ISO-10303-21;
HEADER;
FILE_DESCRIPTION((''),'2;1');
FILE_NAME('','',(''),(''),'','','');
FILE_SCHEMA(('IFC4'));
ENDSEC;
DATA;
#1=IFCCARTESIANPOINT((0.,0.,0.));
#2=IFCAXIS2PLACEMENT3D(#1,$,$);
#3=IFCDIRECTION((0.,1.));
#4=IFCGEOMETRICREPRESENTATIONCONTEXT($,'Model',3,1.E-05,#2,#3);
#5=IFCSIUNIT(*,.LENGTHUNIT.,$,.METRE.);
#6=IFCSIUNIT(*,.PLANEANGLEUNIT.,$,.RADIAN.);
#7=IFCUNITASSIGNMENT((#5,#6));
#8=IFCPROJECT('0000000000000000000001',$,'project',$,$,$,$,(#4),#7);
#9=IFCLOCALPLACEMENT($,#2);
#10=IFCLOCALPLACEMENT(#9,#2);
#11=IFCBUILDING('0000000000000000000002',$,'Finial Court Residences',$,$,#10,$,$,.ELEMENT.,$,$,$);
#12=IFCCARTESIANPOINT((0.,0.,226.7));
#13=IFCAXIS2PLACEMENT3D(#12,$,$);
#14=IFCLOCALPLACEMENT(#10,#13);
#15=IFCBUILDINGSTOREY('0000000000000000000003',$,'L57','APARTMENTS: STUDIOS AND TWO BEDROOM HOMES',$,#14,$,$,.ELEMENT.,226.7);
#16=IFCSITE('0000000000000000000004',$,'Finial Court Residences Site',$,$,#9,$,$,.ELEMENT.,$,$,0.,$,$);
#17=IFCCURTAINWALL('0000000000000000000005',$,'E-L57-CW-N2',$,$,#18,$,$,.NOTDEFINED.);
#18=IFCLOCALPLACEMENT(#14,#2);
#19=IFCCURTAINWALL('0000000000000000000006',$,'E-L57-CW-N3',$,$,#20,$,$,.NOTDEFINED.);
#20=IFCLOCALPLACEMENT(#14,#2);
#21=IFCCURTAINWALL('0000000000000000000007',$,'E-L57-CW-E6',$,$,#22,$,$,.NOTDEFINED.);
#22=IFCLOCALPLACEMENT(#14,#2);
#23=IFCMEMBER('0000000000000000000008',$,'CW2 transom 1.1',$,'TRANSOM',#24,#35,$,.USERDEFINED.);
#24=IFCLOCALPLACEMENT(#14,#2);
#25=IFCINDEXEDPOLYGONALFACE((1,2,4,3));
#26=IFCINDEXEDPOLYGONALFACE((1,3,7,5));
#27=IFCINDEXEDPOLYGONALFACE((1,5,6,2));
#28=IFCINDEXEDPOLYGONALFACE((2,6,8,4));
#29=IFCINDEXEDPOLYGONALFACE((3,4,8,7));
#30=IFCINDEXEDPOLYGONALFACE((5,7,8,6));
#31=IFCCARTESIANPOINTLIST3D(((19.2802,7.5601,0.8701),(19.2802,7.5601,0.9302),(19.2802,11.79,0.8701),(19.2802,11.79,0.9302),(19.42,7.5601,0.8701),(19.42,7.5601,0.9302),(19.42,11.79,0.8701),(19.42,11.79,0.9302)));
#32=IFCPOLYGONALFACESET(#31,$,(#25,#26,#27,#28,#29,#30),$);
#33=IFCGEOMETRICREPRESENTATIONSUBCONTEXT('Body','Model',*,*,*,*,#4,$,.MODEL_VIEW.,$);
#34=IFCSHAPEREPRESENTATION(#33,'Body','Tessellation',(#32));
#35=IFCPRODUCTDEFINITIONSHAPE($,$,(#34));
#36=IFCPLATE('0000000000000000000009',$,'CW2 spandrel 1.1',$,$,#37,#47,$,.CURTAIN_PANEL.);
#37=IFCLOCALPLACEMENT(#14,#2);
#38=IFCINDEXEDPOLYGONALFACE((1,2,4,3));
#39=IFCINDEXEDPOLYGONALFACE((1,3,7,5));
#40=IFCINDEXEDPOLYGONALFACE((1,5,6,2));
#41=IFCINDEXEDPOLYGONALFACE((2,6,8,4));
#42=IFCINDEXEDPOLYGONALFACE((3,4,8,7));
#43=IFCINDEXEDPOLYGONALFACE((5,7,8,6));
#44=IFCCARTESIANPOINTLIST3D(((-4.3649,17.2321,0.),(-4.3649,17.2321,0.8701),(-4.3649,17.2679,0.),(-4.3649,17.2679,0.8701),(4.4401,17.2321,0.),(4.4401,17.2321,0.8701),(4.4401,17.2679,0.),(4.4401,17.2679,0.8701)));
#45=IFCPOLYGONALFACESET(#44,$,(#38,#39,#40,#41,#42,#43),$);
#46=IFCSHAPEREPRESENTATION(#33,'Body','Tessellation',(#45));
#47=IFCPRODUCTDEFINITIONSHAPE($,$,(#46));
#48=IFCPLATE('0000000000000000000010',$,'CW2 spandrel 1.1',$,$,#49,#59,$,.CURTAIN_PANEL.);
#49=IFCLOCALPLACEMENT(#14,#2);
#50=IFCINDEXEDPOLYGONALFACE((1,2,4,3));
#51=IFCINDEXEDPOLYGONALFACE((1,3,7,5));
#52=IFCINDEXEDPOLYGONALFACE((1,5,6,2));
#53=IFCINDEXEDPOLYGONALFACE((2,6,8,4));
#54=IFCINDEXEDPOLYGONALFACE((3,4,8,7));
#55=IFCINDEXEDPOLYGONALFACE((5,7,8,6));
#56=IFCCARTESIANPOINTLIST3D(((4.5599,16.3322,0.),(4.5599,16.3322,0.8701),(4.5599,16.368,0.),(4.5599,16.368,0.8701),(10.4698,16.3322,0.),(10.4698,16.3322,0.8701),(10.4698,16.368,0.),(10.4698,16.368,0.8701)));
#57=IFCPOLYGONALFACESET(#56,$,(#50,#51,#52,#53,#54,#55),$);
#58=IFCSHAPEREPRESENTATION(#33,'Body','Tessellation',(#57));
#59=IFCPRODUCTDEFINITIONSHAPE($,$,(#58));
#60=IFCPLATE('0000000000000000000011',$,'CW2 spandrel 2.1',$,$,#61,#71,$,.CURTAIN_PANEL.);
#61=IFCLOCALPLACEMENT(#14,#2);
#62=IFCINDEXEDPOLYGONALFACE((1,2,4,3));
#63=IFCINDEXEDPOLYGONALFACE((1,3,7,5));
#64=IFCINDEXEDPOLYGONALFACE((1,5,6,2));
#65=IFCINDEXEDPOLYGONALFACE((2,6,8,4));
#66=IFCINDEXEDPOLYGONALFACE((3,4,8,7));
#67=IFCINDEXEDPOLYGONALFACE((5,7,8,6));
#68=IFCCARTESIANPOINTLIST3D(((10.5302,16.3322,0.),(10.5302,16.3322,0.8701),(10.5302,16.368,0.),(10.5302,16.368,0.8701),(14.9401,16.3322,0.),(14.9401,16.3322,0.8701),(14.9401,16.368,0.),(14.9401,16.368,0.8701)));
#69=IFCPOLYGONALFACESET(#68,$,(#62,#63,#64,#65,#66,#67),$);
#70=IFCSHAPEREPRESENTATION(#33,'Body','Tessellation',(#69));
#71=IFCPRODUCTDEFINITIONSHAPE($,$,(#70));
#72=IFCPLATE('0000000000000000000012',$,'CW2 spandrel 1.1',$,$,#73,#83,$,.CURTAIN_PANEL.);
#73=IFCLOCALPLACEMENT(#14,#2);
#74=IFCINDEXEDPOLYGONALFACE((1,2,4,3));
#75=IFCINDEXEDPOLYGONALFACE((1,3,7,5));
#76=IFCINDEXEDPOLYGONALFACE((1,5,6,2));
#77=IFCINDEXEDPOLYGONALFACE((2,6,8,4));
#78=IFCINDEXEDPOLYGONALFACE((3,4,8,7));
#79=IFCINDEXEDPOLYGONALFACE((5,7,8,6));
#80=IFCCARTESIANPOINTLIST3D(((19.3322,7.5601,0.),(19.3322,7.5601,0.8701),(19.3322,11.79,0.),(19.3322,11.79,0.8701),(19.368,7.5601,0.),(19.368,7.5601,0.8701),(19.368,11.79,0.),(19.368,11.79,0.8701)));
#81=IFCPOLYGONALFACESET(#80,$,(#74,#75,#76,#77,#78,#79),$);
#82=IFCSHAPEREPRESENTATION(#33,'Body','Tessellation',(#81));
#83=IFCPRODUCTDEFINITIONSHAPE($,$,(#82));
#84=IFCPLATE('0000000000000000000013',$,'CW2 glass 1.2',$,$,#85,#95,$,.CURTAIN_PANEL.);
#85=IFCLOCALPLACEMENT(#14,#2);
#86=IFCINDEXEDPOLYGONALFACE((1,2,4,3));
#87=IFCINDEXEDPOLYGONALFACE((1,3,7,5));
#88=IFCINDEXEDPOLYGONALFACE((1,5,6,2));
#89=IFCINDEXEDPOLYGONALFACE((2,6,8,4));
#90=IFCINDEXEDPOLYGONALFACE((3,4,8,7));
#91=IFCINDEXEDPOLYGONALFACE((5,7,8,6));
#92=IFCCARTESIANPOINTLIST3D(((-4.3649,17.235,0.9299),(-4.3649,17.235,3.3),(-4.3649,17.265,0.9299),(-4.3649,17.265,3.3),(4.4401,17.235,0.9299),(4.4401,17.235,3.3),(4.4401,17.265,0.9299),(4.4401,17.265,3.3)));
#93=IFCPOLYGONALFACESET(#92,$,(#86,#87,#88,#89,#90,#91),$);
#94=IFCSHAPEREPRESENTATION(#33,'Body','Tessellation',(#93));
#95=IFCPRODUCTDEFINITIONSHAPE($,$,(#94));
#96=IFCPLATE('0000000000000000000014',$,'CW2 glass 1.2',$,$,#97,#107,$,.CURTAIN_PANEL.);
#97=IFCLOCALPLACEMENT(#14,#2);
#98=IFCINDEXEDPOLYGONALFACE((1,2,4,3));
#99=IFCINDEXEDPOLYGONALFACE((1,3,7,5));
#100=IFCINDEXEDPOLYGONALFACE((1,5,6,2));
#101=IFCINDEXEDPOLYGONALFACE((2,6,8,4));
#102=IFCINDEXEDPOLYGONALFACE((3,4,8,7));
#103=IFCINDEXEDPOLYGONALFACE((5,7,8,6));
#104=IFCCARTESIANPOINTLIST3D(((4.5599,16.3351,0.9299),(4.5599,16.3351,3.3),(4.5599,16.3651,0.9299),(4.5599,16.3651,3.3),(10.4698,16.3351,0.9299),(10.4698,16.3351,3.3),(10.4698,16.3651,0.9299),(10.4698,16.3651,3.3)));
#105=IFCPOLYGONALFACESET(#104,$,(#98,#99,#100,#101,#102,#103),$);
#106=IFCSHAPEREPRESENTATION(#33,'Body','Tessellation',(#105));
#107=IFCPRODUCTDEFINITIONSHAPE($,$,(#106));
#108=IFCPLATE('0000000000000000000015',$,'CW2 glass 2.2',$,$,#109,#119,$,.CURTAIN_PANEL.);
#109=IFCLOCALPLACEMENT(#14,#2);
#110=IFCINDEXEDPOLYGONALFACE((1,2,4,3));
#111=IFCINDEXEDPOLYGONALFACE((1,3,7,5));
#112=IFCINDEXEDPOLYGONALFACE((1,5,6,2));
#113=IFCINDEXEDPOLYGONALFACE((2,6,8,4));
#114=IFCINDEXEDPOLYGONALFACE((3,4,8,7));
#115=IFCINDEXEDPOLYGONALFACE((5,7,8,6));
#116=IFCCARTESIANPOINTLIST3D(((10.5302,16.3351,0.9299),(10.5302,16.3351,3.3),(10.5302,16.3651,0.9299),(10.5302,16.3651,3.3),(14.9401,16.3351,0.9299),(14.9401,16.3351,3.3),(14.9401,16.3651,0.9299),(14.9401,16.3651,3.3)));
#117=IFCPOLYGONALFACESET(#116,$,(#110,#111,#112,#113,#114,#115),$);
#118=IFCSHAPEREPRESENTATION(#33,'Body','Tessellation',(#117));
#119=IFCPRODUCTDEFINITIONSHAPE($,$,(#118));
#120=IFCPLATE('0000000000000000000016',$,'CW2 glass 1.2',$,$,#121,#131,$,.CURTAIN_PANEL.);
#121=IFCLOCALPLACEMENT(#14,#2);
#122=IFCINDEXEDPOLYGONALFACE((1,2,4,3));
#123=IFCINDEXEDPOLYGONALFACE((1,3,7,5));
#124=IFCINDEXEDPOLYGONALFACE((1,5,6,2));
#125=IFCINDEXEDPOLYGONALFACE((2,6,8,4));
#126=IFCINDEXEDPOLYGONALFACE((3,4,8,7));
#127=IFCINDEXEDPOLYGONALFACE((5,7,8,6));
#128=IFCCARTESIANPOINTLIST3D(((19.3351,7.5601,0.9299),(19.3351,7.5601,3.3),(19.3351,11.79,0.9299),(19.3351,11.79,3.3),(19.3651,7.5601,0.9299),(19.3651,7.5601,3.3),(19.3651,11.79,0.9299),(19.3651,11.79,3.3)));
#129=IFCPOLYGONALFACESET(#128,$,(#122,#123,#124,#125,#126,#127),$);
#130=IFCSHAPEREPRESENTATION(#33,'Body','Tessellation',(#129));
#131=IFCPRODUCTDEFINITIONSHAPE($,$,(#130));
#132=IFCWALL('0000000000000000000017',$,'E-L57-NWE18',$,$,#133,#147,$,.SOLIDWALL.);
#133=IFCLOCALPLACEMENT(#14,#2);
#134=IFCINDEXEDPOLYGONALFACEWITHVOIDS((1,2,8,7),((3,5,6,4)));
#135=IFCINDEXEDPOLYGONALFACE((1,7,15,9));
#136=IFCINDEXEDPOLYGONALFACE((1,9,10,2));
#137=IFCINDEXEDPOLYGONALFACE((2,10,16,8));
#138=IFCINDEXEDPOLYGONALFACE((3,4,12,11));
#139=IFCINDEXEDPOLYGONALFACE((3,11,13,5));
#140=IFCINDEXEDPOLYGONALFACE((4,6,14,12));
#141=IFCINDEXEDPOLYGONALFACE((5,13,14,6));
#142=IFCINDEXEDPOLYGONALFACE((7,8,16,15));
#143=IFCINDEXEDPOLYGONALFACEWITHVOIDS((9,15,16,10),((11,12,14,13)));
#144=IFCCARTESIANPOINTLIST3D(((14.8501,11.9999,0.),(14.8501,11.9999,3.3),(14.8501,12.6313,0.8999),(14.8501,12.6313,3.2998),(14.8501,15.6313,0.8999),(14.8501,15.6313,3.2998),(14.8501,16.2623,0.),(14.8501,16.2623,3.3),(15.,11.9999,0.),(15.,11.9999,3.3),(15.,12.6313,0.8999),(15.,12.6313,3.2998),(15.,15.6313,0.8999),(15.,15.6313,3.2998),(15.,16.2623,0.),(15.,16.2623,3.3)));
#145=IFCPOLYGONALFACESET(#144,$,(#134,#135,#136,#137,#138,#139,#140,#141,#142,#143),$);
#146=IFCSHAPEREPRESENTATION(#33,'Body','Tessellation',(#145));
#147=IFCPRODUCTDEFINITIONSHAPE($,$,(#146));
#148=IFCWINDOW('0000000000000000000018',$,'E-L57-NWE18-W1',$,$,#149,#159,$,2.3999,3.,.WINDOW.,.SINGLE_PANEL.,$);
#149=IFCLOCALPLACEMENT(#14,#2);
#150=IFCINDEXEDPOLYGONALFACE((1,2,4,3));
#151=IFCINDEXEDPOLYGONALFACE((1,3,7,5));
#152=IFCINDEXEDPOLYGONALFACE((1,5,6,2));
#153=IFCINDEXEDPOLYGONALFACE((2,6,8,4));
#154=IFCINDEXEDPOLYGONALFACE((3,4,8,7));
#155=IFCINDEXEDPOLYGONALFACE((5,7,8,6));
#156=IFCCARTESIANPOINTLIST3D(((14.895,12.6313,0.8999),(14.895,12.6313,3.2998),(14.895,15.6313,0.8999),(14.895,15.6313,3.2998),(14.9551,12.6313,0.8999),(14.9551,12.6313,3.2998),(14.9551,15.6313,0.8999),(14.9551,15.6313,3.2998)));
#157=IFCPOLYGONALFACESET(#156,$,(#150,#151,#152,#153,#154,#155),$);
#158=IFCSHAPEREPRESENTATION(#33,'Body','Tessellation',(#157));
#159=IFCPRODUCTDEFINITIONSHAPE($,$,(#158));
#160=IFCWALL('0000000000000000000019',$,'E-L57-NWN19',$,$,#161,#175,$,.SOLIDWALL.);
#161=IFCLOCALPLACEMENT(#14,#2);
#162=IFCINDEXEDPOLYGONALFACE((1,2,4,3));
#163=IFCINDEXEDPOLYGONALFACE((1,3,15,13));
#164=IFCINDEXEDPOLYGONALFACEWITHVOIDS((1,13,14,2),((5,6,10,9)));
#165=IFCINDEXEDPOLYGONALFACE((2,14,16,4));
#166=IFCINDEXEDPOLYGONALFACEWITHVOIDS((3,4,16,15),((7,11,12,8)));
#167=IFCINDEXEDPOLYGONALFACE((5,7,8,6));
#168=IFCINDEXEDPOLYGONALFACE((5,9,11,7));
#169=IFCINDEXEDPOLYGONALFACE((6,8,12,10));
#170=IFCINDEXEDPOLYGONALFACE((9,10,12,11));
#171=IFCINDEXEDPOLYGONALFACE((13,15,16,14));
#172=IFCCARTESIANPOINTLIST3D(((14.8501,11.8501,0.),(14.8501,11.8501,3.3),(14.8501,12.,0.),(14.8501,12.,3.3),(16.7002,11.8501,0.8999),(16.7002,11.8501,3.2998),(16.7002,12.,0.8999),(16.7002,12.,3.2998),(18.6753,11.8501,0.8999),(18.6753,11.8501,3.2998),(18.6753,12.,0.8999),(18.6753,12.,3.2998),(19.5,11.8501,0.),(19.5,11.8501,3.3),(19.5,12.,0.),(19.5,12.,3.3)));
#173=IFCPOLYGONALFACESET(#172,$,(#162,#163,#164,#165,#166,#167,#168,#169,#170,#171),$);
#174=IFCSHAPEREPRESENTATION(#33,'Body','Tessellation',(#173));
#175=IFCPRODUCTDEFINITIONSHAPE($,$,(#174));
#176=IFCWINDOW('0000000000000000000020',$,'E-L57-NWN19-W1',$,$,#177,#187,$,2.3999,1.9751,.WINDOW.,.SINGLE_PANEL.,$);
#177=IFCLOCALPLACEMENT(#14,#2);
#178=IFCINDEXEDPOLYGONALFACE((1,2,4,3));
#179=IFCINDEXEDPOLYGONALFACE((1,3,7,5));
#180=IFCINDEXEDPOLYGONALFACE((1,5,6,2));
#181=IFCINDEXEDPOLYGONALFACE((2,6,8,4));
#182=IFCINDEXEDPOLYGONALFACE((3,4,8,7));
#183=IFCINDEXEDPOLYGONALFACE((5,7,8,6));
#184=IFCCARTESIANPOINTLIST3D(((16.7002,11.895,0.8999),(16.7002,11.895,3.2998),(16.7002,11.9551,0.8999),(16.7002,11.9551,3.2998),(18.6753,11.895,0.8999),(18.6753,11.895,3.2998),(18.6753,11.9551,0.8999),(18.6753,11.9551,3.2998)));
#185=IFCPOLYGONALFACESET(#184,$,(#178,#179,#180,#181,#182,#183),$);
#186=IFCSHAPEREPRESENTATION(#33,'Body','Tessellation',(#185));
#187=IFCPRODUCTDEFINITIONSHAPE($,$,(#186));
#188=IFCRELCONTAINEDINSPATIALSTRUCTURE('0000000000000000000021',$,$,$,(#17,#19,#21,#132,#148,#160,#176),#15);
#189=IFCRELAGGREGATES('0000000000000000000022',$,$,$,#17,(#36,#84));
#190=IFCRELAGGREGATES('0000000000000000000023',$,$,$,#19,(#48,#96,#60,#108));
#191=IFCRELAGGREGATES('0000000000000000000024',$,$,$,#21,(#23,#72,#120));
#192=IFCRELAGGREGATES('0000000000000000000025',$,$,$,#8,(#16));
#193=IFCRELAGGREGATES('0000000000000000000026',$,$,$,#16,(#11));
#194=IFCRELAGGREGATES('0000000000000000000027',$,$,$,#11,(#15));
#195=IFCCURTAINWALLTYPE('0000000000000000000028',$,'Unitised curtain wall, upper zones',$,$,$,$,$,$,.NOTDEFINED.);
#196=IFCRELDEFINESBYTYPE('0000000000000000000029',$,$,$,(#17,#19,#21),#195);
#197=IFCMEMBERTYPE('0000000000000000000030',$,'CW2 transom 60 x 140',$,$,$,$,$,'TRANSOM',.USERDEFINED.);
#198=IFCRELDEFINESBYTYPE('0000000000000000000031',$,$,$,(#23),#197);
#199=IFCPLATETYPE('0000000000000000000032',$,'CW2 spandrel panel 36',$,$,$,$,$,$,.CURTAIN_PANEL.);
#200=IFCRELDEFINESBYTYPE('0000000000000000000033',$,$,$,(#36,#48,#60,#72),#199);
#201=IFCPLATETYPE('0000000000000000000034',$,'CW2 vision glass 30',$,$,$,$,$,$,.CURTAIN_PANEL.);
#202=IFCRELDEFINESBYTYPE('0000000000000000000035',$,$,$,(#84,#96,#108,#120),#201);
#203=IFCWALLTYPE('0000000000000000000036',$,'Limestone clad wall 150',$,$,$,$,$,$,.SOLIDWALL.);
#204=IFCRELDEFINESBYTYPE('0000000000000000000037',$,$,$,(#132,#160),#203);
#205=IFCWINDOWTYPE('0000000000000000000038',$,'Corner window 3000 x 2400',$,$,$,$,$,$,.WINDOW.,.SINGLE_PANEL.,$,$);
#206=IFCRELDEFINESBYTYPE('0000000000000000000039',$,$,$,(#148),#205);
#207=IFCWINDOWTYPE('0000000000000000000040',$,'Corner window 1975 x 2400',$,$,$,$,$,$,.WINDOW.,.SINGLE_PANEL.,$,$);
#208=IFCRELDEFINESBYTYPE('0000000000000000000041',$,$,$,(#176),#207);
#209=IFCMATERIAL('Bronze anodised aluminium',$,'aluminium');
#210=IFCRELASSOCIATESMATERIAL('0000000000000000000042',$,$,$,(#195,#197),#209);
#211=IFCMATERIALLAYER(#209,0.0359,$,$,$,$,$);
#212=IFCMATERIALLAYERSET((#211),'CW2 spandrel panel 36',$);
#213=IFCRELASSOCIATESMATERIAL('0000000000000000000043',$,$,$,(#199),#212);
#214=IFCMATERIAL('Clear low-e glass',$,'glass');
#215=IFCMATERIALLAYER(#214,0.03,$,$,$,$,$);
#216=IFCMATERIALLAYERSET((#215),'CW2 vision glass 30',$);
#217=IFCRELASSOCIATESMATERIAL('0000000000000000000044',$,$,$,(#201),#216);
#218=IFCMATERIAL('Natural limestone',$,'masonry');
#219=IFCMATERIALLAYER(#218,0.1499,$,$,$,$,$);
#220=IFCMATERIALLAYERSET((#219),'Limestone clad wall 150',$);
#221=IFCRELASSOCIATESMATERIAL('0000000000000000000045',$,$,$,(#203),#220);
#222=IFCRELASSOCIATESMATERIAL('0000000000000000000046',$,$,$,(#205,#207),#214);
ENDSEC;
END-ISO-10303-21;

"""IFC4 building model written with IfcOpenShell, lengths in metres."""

from ifc_helpers import new_model, si_unit, direction, frame, frame_2d, origin, origin_2d, place, context, subcontext, project, spatial, rectangle, extrude, material, layer, layer_set, material_profile, profile_set, type_object, element, fill, aggregate, save


model = new_model("IFC4")

# Units and contexts
model_context = context("Model", 3, precision=1e-05, world=origin(), true_north=direction((0.0, 1.0)))
body_context = subcontext(model_context, "Body", "Model", "MODEL_VIEW")
ifc_project = project(units=[si_unit("LENGTHUNIT", "METRE"), si_unit("PLANEANGLEUNIT", "RADIAN")], contexts=[model_context])

# Site, building, storey
site_placement = place(None, origin())
site = spatial("IfcSite", under=ifc_project, at=site_placement, Name="Finial Court Residences Site", CompositionType="ELEMENT", RefElevation=0.0)
building_placement = place(site_placement, origin())
building = spatial("IfcBuilding", under=site, at=building_placement, Name="Finial Court Residences", CompositionType="ELEMENT")
storey_placement = place(building_placement, frame((0.0, 0.0, 226.7)))
storey = spatial("IfcBuildingStorey", under=building, at=storey_placement, Name="L57", Description="APARTMENTS: STUDIOS AND TWO BEDROOM HOMES", CompositionType="ELEMENT", Elevation=226.7)

# Curtain wall
ifc_material_1 = material(Name="Bronze anodised aluminium", Category="aluminium")
curtain_wall_type = type_object("IfcCurtainWallType", Name="Unitised curtain wall, upper zones", PredefinedType="NOTDEFINED", material=ifc_material_1)
curtain_wall_1_placement = place(storey_placement, origin())
curtain_wall_1 = element("IfcCurtainWall", 1, at=curtain_wall_1_placement, inside=storey, type_object=curtain_wall_type, Name="E-L57-CW-N2", PredefinedType="NOTDEFINED")

# Curtain wall
curtain_wall_2_placement = place(storey_placement, origin())
curtain_wall_2 = element("IfcCurtainWall", 2, at=curtain_wall_2_placement, inside=storey, type_object=curtain_wall_type, Name="E-L57-CW-N3", PredefinedType="NOTDEFINED")

# Curtain wall
curtain_wall_3_placement = place(storey_placement, origin())
curtain_wall_3 = element("IfcCurtainWall", 3, at=curtain_wall_3_placement, inside=storey, type_object=curtain_wall_type, Name="E-L57-CW-E6", PredefinedType="NOTDEFINED")

# Member
ifc_material_profile_1 = material_profile(ifc_material_1, rectangle(XDim=0.1399, YDim=0.0601, at=origin_2d()), Name="CW2 transom 60 x 140")
ifc_profile_set_1 = profile_set([ifc_material_profile_1], Name="Bronze anodised aluminium")
member_type_1 = type_object("IfcMemberType", Name="CW2 transom 60 x 140", ElementType="TRANSOM", PredefinedType="USERDEFINED", material=ifc_profile_set_1)
member_1_placement = place(storey_placement, frame((19.3501, 7.5601, 0.9001), z_axis=(0.0, 1.0, 0.0), x_axis=(-1.0, 0.0, 0.0)))
member_1 = element("IfcMember", 4, at=member_1_placement, type_object=member_type_1, Name="CW2 transom 1.1", ObjectType="TRANSOM", PredefinedType="USERDEFINED", context=body_context, shape_type="SweptSolid", body=[
    extrude(rectangle(XDim=0.1399, YDim=0.0601, at=origin_2d()), origin(), (0.0, 0.0, 1.0), 4.23),
])

# Plates
ifc_layer_1 = layer(ifc_material_1, 0.0359)
ifc_layer_set_1 = layer_set([ifc_layer_1], Name="CW2 spandrel panel 36")
plate_type_1 = type_object("IfcPlateType", Name="CW2 spandrel panel 36", PredefinedType="CURTAIN_PANEL", material=ifc_layer_set_1)
plate_1_placement = place(storey_placement, frame((0.0376, 17.25, 0.0), z_axis=(0.0, 0.0, 1.0), x_axis=(1.0, 0.0, 0.0)))
plate_1 = element("IfcPlate", 5, at=plate_1_placement, type_object=plate_type_1, Name="CW2 spandrel 1.1", PredefinedType="CURTAIN_PANEL", context=body_context, shape_type="SweptSolid", body=[
    extrude(rectangle(XDim=8.8049, YDim=0.0359, at=origin_2d()), origin(), (0.0, 0.0, 1.0), 0.8701),
])
plate_2_placement = place(storey_placement, frame((7.5149, 16.3501, 0.0), z_axis=(0.0, 0.0, 1.0), x_axis=(1.0, 0.0, 0.0)))
plate_2 = element("IfcPlate", 6, at=plate_2_placement, type_object=plate_type_1, Name="CW2 spandrel 1.1", PredefinedType="CURTAIN_PANEL", context=body_context, shape_type="SweptSolid", body=[
    extrude(rectangle(XDim=5.9099, YDim=0.0359, at=origin_2d()), origin(), (0.0, 0.0, 1.0), 0.8701),
])
plate_3_placement = place(storey_placement, frame((12.7351, 16.3501, 0.0), z_axis=(0.0, 0.0, 1.0), x_axis=(1.0, 0.0, 0.0)))
plate_3 = element("IfcPlate", 7, at=plate_3_placement, type_object=plate_type_1, Name="CW2 spandrel 2.1", PredefinedType="CURTAIN_PANEL", context=body_context, shape_type="SweptSolid", body=[
    extrude(rectangle(XDim=4.4099, YDim=0.0359, at=origin_2d()), origin(), (0.0, 0.0, 1.0), 0.8701),
])
plate_4_placement = place(storey_placement, frame((19.3501, 9.675, 0.0), z_axis=(0.0, 0.0, 1.0), x_axis=(0.0, 1.0, 0.0)))
plate_4 = element("IfcPlate", 8, at=plate_4_placement, type_object=plate_type_1, Name="CW2 spandrel 1.1", PredefinedType="CURTAIN_PANEL", context=body_context, shape_type="SweptSolid", body=[
    extrude(rectangle(XDim=4.23, YDim=0.0359, at=origin_2d()), origin(), (0.0, 0.0, 1.0), 0.8701),
])
ifc_material_2 = material(Name="Clear low-e glass", Category="glass")
ifc_layer_2 = layer(ifc_material_2, 0.03)
ifc_layer_set_2 = layer_set([ifc_layer_2], Name="CW2 vision glass 30")
plate_type_2 = type_object("IfcPlateType", Name="CW2 vision glass 30", PredefinedType="CURTAIN_PANEL", material=ifc_layer_set_2)
plate_5_placement = place(storey_placement, frame((0.0376, 17.25, 0.9299), z_axis=(0.0, 0.0, 1.0), x_axis=(1.0, 0.0, 0.0)))
plate_5 = element("IfcPlate", 9, at=plate_5_placement, type_object=plate_type_2, Name="CW2 glass 1.2", PredefinedType="CURTAIN_PANEL", context=body_context, shape_type="SweptSolid", body=[
    extrude(rectangle(XDim=8.8049, YDim=0.03, at=origin_2d()), origin(), (0.0, 0.0, 1.0), 2.3701),
])
aggregate(curtain_wall_1, [plate_1, plate_5])
plate_6_placement = place(storey_placement, frame((7.5149, 16.3501, 0.9299), z_axis=(0.0, 0.0, 1.0), x_axis=(1.0, 0.0, 0.0)))
plate_6 = element("IfcPlate", 10, at=plate_6_placement, type_object=plate_type_2, Name="CW2 glass 1.2", PredefinedType="CURTAIN_PANEL", context=body_context, shape_type="SweptSolid", body=[
    extrude(rectangle(XDim=5.9099, YDim=0.03, at=origin_2d()), origin(), (0.0, 0.0, 1.0), 2.3701),
])
plate_7_placement = place(storey_placement, frame((12.7351, 16.3501, 0.9299), z_axis=(0.0, 0.0, 1.0), x_axis=(1.0, 0.0, 0.0)))
plate_7 = element("IfcPlate", 11, at=plate_7_placement, type_object=plate_type_2, Name="CW2 glass 2.2", PredefinedType="CURTAIN_PANEL", context=body_context, shape_type="SweptSolid", body=[
    extrude(rectangle(XDim=4.4099, YDim=0.03, at=origin_2d()), origin(), (0.0, 0.0, 1.0), 2.3701),
])
aggregate(curtain_wall_2, [plate_2, plate_6, plate_3, plate_7])
plate_8_placement = place(storey_placement, frame((19.3501, 9.675, 0.9299), z_axis=(0.0, 0.0, 1.0), x_axis=(0.0, 1.0, 0.0)))
plate_8 = element("IfcPlate", 12, at=plate_8_placement, type_object=plate_type_2, Name="CW2 glass 1.2", PredefinedType="CURTAIN_PANEL", context=body_context, shape_type="SweptSolid", body=[
    extrude(rectangle(XDim=4.23, YDim=0.03, at=origin_2d()), origin(), (0.0, 0.0, 1.0), 2.3701),
])
aggregate(curtain_wall_3, [member_1, plate_4, plate_8])

# Walls, openings, windows
ifc_material_3 = material(Name="Natural limestone", Category="masonry")
ifc_layer_3 = layer(ifc_material_3, 0.1499)
ifc_layer_set_3 = layer_set([ifc_layer_3], Name="Limestone clad wall 150")
wall_type = type_object("IfcWallType", Name="Limestone clad wall 150", PredefinedType="SOLIDWALL", material=ifc_layer_set_3)
wall_1_placement = place(storey_placement, frame((14.925, 16.2625, 0.0), z_axis=(0.0, 0.0, 1.0), x_axis=(0.0, -1.0, 0.0)))
wall_1 = element("IfcWall", 13, at=wall_1_placement, inside=storey, type_object=wall_type, Name="E-L57-NWE18", PredefinedType="SOLIDWALL", context=body_context, shape_type="SweptSolid", body=[
    extrude(rectangle(XDim=4.2625, YDim=0.1499, at=frame_2d((2.1313, 0.0))), origin(), (0.0, 0.0, 1.0), 3.3),
])
opening_1_placement = place(wall_1_placement, frame((0.6311, 0.0, 0.8999)))
opening_1 = element("IfcOpeningElement", 14, at=opening_1_placement, cuts=wall_1, PredefinedType="OPENING", context=body_context, shape_type="SweptSolid", body=[
    extrude(rectangle(XDim=3.0, YDim=2.3999, at=frame_2d((1.5, 1.2))), frame((0.0, 0.085, 0.0), z_axis=(0.0, -1.0, 0.0), x_axis=(1.0, 0.0, 0.0)), (0.0, 0.0, 1.0), 0.1699),
])
window_type_1 = type_object("IfcWindowType", Name="Corner window 3000 x 2400", PartitioningType="SINGLE_PANEL", PredefinedType="WINDOW", material=ifc_material_2)
window_1_placement = place(opening_1_placement, origin())
window_1 = element("IfcWindow", 15, at=window_1_placement, inside=storey, type_object=window_type_1, Name="E-L57-NWE18-W1", OverallHeight=2.3999, OverallWidth=3.0, PartitioningType="SINGLE_PANEL", PredefinedType="WINDOW", context=body_context, shape_type="SweptSolid", body=[
    extrude(rectangle(XDim=3.0, YDim=2.3999, at=frame_2d((1.5, 1.2))), frame((0.0, 0.03, 0.0), z_axis=(0.0, -1.0, 0.0), x_axis=(1.0, 0.0, 0.0)), (0.0, 0.0, 1.0), 0.0601),
])
fill(opening_1, window_1)
wall_2_placement = place(storey_placement, frame((14.8501, 11.925, 0.0), z_axis=(0.0, 0.0, 1.0), x_axis=(1.0, 0.0, 0.0)))
wall_2 = element("IfcWall", 16, at=wall_2_placement, inside=storey, type_object=wall_type, Name="E-L57-NWN19", PredefinedType="SOLIDWALL", context=body_context, shape_type="SweptSolid", body=[
    extrude(rectangle(XDim=4.6499, YDim=0.1499, at=frame_2d((2.325, 0.0))), origin(), (0.0, 0.0, 1.0), 3.3),
])
opening_2_placement = place(wall_2_placement, frame((1.8501, 0.0, 0.8999)))
opening_2 = element("IfcOpeningElement", 17, at=opening_2_placement, cuts=wall_2, PredefinedType="OPENING", context=body_context, shape_type="SweptSolid", body=[
    extrude(rectangle(XDim=1.9751, YDim=2.3999, at=frame_2d((0.9875, 1.2))), frame((0.0, 0.085, 0.0), z_axis=(0.0, -1.0, 0.0), x_axis=(1.0, 0.0, 0.0)), (0.0, 0.0, 1.0), 0.1699),
])
window_type_2 = type_object("IfcWindowType", Name="Corner window 1975 x 2400", PartitioningType="SINGLE_PANEL", PredefinedType="WINDOW", material=ifc_material_2)
window_2_placement = place(opening_2_placement, origin())
window_2 = element("IfcWindow", 18, at=window_2_placement, inside=storey, type_object=window_type_2, Name="E-L57-NWN19-W1", OverallHeight=2.3999, OverallWidth=1.9751, PartitioningType="SINGLE_PANEL", PredefinedType="WINDOW", context=body_context, shape_type="SweptSolid", body=[
    extrude(rectangle(XDim=1.9751, YDim=2.3999, at=frame_2d((0.9875, 1.2))), frame((0.0, 0.03, 0.0), z_axis=(0.0, -1.0, 0.0), x_axis=(1.0, 0.0, 0.0)), (0.0, 0.0, 1.0), 0.0601),
])
fill(opening_2, window_2)

save(model, "model.ifc")
